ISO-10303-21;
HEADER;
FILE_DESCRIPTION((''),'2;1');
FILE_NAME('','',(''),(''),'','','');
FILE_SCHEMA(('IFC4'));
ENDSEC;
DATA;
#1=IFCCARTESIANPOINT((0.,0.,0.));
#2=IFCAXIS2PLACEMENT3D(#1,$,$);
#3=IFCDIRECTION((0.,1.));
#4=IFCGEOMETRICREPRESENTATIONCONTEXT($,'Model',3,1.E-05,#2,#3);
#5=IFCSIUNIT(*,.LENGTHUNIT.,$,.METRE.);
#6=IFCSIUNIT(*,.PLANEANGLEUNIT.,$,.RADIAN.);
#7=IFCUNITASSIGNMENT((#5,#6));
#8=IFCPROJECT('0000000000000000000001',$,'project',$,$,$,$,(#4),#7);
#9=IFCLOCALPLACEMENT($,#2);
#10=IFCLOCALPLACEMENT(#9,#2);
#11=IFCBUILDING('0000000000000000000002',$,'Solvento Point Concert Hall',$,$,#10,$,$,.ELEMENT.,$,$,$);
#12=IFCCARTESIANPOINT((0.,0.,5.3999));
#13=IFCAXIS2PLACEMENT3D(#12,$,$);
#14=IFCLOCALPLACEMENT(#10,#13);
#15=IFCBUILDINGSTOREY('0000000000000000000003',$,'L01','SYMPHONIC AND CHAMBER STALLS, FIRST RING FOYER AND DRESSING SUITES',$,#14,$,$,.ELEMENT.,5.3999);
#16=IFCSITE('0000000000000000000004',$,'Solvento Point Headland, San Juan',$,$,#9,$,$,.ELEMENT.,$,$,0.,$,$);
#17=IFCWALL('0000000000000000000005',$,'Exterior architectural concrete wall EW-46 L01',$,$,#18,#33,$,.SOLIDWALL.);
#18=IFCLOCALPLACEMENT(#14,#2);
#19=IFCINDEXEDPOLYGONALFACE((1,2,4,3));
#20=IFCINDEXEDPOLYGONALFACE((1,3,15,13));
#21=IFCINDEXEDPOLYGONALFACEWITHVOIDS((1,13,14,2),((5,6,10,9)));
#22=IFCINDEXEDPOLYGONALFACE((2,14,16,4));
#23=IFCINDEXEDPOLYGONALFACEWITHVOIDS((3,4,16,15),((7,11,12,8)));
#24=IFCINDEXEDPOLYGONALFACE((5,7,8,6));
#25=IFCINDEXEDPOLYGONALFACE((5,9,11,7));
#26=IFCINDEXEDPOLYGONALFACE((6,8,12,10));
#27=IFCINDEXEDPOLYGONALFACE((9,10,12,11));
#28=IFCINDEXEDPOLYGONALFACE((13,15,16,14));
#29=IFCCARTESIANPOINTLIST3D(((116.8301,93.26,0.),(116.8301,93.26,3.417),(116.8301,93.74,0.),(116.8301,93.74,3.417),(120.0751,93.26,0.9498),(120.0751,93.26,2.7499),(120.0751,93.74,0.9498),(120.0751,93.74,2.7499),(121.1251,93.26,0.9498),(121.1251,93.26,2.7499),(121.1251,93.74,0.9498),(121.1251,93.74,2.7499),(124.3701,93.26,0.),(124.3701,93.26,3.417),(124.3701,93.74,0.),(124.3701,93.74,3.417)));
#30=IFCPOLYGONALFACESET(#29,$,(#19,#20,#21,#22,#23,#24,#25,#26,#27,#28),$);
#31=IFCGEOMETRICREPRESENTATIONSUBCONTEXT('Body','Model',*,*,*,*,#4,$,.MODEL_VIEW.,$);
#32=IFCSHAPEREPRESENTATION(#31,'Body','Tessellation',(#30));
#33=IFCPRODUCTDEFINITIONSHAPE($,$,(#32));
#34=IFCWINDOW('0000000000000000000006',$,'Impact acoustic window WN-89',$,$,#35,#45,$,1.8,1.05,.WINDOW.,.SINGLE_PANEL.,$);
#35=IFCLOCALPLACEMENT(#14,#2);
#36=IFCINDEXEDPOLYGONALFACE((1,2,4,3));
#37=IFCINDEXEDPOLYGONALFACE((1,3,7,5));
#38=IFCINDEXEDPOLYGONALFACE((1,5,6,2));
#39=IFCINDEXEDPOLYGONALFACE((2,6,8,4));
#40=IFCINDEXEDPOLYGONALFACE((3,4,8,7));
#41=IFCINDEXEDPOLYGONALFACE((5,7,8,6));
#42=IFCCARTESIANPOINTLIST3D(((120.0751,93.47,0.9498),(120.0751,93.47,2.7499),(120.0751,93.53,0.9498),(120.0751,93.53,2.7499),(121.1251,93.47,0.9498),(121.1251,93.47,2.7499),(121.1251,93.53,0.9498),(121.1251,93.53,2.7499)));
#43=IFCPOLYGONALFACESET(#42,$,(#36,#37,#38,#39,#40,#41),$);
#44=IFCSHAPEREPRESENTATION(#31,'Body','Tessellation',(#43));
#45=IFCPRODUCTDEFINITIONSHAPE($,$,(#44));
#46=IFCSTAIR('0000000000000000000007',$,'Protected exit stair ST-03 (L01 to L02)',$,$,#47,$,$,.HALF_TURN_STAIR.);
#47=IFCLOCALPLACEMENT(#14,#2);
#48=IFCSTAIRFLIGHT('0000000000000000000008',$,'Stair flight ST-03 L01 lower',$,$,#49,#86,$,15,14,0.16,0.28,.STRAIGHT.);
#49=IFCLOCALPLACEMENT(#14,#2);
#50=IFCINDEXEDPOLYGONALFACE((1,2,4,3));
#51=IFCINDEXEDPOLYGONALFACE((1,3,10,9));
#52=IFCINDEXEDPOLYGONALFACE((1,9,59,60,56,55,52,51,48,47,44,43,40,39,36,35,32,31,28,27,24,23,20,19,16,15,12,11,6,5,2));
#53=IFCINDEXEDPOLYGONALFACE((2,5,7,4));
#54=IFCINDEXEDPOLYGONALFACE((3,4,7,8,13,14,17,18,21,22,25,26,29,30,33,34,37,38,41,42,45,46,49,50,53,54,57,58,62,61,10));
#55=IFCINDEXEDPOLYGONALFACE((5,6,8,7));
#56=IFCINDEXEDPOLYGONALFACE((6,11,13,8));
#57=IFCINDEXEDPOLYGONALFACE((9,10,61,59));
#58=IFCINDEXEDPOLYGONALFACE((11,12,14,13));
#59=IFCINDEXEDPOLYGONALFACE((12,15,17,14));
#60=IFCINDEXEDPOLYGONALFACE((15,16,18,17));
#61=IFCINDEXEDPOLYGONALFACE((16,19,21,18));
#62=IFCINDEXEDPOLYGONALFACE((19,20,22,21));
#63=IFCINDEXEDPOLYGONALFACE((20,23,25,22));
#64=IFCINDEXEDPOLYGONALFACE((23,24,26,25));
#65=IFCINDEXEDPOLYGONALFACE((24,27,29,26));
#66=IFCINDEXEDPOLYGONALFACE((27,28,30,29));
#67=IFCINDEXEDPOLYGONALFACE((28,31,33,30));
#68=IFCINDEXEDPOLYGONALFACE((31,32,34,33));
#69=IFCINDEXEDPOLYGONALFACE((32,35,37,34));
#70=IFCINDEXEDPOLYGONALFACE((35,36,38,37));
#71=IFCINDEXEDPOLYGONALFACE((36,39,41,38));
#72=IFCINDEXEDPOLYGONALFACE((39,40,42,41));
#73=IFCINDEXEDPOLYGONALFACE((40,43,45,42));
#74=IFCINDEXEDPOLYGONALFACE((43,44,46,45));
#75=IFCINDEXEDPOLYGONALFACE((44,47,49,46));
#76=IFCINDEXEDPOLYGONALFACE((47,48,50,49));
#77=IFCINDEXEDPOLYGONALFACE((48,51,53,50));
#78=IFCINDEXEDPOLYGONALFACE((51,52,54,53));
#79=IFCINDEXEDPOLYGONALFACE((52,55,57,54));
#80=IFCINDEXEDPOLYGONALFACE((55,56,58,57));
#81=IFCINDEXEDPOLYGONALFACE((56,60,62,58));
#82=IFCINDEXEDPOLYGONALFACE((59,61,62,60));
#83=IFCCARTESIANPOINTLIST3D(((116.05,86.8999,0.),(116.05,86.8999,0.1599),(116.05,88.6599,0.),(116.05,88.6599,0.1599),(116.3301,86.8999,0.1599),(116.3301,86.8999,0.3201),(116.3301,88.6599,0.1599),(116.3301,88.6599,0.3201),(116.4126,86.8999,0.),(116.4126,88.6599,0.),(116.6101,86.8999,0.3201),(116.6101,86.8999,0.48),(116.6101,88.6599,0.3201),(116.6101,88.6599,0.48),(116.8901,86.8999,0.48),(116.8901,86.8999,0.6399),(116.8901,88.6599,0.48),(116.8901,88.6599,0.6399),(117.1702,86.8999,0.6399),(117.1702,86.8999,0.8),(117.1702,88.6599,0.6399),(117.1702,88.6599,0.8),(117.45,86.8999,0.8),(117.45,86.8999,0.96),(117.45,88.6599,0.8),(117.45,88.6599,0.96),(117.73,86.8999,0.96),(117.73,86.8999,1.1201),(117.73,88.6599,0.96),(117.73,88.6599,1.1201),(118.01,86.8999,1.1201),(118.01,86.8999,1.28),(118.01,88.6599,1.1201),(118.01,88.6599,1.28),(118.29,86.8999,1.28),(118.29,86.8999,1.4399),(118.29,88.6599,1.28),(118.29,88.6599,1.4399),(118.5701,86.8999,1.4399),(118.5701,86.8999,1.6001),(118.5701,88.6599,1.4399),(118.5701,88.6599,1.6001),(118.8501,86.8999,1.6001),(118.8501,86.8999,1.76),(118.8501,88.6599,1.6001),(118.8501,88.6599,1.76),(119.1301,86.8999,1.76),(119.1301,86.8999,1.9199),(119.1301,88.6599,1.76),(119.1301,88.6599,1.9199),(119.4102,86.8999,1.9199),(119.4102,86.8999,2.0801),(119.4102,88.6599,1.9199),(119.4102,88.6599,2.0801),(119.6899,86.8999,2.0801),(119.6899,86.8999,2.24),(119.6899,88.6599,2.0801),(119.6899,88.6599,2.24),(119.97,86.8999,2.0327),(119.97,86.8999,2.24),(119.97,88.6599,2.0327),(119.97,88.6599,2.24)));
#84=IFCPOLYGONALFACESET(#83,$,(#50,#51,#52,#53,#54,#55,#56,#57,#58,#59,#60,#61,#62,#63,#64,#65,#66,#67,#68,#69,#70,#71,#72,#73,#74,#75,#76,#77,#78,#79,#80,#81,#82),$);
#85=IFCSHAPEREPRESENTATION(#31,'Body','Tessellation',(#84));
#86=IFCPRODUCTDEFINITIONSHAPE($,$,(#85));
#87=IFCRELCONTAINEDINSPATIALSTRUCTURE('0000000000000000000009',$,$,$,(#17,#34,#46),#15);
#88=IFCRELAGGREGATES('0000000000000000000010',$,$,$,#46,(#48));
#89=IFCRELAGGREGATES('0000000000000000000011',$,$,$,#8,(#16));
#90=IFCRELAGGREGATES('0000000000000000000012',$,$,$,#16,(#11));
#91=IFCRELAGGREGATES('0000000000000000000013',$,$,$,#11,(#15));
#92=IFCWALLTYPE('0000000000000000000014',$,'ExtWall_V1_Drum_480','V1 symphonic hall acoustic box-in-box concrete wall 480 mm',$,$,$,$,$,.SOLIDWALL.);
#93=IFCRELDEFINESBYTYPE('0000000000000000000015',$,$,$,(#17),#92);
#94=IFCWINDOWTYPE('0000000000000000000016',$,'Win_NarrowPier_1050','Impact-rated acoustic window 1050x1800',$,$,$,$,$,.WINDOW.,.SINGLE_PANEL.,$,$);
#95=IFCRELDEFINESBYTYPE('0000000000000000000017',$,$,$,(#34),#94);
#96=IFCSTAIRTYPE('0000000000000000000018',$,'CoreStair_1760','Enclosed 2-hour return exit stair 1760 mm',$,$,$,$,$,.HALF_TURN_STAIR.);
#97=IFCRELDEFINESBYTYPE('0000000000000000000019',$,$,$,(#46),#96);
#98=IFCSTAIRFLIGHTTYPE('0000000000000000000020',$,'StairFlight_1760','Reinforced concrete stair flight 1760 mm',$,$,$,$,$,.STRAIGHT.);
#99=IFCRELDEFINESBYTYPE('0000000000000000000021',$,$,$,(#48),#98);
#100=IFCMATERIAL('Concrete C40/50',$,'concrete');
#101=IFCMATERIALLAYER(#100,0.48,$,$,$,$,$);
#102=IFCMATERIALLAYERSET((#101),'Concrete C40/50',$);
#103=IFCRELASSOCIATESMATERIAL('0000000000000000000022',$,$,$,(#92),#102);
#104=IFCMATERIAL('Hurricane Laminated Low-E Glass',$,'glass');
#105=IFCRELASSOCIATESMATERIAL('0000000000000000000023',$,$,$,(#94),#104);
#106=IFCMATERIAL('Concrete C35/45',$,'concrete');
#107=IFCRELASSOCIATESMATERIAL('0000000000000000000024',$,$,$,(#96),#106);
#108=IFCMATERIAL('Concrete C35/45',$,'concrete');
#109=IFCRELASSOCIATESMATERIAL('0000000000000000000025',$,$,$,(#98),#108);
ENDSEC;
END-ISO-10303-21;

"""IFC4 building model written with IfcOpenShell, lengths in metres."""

from ifc_helpers import new_model, si_unit, direction, frame, frame_2d, origin, place, context, subcontext, project, spatial, polyline, rectangle, outline, extrude, material, layer, layer_set, type_object, element, fill, aggregate, save


model = new_model("IFC4")

# Units and contexts
model_context = context("Model", 3, precision=1e-05, world=origin(), true_north=direction((0.0, 1.0)))
body_context = subcontext(model_context, "Body", "Model", "MODEL_VIEW")
ifc_project = project(units=[si_unit("LENGTHUNIT", "METRE"), si_unit("PLANEANGLEUNIT", "RADIAN")], contexts=[model_context])

# Site, building, storey
site_placement = place(None, origin())
site = spatial("IfcSite", under=ifc_project, at=site_placement, Name="Solvento Point Headland, San Juan", CompositionType="ELEMENT", RefElevation=0.0)
building_placement = place(site_placement, origin())
building = spatial("IfcBuilding", under=site, at=building_placement, Name="Solvento Point Concert Hall", CompositionType="ELEMENT")
storey_placement = place(building_placement, frame((0.0, 0.0, 5.3999)))
storey = spatial("IfcBuildingStorey", under=building, at=storey_placement, Name="L01", Description="SYMPHONIC AND CHAMBER STALLS, FIRST RING FOYER AND DRESSING SUITES", CompositionType="ELEMENT", Elevation=5.3999)

# Wall, opening, window
ifc_material_1 = material(Name="Concrete C40/50", Category="concrete")
ifc_layer_1 = layer(ifc_material_1, 0.48)
ifc_layer_set_1 = layer_set([ifc_layer_1], Name="Concrete C40/50")
wall_type_1 = type_object("IfcWallType", Name="ExtWall_V1_Drum_480", Description="V1 symphonic hall acoustic box-in-box concrete wall 480 mm", PredefinedType="SOLIDWALL", material=ifc_layer_set_1)
wall_1_placement = place(storey_placement, frame((116.8301, 93.5, 0.0), z_axis=(0.0, 0.0, 1.0), x_axis=(1.0, 0.0, 0.0)))
wall_1 = element("IfcWall", 1, at=wall_1_placement, inside=storey, type_object=wall_type_1, Name="Exterior architectural concrete wall EW-46 L01", PredefinedType="SOLIDWALL", context=body_context, shape_type="SweptSolid", body=[
    extrude(rectangle(XDim=7.54, YDim=0.48, at=frame_2d((3.77, 0.0))), origin(), (0.0, 0.0, 1.0), 3.417),
])
opening_1_placement = place(wall_1_placement, frame((3.2451, 0.0, 0.95)))
opening_1 = element("IfcOpeningElement", 2, at=opening_1_placement, cuts=wall_1, PredefinedType="OPENING", context=body_context, shape_type="SweptSolid", body=[
    extrude(rectangle(XDim=1.05, YDim=1.8, at=frame_2d((0.5249, 0.8999))), frame((0.0, 0.25, 0.0), z_axis=(0.0, -1.0, 0.0), x_axis=(1.0, 0.0, 0.0)), (0.0, 0.0, 1.0), 0.5),
])
ifc_material_2 = material(Name="Hurricane Laminated Low-E Glass", Category="glass")
window_type = type_object("IfcWindowType", Name="Win_NarrowPier_1050", Description="Impact-rated acoustic window 1050x1800", PartitioningType="SINGLE_PANEL", PredefinedType="WINDOW", material=ifc_material_2)
window_placement = place(opening_1_placement, origin())
window = element("IfcWindow", 3, at=window_placement, inside=storey, type_object=window_type, Name="Impact acoustic window WN-89", OverallHeight=1.8, OverallWidth=1.05, PartitioningType="SINGLE_PANEL", PredefinedType="WINDOW", context=body_context, shape_type="SweptSolid", body=[
    extrude(rectangle(XDim=1.05, YDim=1.8, at=frame_2d((0.5249, 0.8999))), frame((0.0, 0.03, 0.0), z_axis=(0.0, -1.0, 0.0), x_axis=(1.0, 0.0, 0.0)), (0.0, 0.0, 1.0), 0.0601),
])
fill(opening_1, window)

# Stair, stair flight
ifc_material_3 = material(Name="Concrete C35/45", Category="concrete")
stair_type = type_object("IfcStairType", Name="CoreStair_1760", Description="Enclosed 2-hour return exit stair 1760 mm", PredefinedType="HALF_TURN_STAIR", material=ifc_material_3)
stair_placement = place(storey_placement, origin())
stair = element("IfcStair", 4, at=stair_placement, inside=storey, type_object=stair_type, Name="Protected exit stair ST-03 (L01 to L02)", PredefinedType="HALF_TURN_STAIR")
ifc_material_4 = material(Name="Concrete C35/45", Category="concrete")
stair_flight_type = type_object("IfcStairFlightType", Name="StairFlight_1760", Description="Reinforced concrete stair flight 1760 mm", PredefinedType="STRAIGHT", material=ifc_material_4)
stair_flight_placement = place(storey_placement, frame((116.05, 87.78, 0.0), z_axis=(0.0, 0.0, 1.0), x_axis=(1.0, 0.0, 0.0)))
stair_flight = element("IfcStairFlight", 5, at=stair_flight_placement, type_object=stair_flight_type, Name="Stair flight ST-03 L01 lower", NumberOfRisers=15, NumberOfTreads=14, PredefinedType="STRAIGHT", RiserHeight=0.16, TreadLength=0.28, context=body_context, shape_type="SweptSolid", body=[
    extrude(outline(polyline([(0.0, 0.0), (0.0, 0.1599), (0.28, 0.1599), (0.28, 0.3201), (0.5601, 0.3201), (0.5601, 0.48), (0.8401, 0.48), (0.8401, 0.6399), (1.1201, 0.6399), (1.1201, 0.8), (1.3999, 0.8), (1.3999, 0.96), (1.6799, 0.96), (1.6799, 1.1201), (1.96, 1.1201), (1.96, 1.28), (2.24, 1.28), (2.24, 1.4399), (2.52, 1.4399), (2.52, 1.6001), (2.8, 1.6001), (2.8, 1.76), (3.0801, 1.76), (3.0801, 1.9199), (3.3601, 1.9199), (3.3601, 2.0801), (3.6399, 2.0801), (3.6399, 2.24), (3.9199, 2.24), (3.9199, 2.3999), (3.9199, 2.0327), (0.3625, 0.0), (0.0, 0.0)])), frame((0.0, 0.8799, 0.0), z_axis=(0.0, -1.0, 0.0), x_axis=(1.0, 0.0, 0.0)), (0.0, 0.0, 1.0), 1.76),
])
aggregate(stair, [stair_flight])

save(model, "model.ifc")
